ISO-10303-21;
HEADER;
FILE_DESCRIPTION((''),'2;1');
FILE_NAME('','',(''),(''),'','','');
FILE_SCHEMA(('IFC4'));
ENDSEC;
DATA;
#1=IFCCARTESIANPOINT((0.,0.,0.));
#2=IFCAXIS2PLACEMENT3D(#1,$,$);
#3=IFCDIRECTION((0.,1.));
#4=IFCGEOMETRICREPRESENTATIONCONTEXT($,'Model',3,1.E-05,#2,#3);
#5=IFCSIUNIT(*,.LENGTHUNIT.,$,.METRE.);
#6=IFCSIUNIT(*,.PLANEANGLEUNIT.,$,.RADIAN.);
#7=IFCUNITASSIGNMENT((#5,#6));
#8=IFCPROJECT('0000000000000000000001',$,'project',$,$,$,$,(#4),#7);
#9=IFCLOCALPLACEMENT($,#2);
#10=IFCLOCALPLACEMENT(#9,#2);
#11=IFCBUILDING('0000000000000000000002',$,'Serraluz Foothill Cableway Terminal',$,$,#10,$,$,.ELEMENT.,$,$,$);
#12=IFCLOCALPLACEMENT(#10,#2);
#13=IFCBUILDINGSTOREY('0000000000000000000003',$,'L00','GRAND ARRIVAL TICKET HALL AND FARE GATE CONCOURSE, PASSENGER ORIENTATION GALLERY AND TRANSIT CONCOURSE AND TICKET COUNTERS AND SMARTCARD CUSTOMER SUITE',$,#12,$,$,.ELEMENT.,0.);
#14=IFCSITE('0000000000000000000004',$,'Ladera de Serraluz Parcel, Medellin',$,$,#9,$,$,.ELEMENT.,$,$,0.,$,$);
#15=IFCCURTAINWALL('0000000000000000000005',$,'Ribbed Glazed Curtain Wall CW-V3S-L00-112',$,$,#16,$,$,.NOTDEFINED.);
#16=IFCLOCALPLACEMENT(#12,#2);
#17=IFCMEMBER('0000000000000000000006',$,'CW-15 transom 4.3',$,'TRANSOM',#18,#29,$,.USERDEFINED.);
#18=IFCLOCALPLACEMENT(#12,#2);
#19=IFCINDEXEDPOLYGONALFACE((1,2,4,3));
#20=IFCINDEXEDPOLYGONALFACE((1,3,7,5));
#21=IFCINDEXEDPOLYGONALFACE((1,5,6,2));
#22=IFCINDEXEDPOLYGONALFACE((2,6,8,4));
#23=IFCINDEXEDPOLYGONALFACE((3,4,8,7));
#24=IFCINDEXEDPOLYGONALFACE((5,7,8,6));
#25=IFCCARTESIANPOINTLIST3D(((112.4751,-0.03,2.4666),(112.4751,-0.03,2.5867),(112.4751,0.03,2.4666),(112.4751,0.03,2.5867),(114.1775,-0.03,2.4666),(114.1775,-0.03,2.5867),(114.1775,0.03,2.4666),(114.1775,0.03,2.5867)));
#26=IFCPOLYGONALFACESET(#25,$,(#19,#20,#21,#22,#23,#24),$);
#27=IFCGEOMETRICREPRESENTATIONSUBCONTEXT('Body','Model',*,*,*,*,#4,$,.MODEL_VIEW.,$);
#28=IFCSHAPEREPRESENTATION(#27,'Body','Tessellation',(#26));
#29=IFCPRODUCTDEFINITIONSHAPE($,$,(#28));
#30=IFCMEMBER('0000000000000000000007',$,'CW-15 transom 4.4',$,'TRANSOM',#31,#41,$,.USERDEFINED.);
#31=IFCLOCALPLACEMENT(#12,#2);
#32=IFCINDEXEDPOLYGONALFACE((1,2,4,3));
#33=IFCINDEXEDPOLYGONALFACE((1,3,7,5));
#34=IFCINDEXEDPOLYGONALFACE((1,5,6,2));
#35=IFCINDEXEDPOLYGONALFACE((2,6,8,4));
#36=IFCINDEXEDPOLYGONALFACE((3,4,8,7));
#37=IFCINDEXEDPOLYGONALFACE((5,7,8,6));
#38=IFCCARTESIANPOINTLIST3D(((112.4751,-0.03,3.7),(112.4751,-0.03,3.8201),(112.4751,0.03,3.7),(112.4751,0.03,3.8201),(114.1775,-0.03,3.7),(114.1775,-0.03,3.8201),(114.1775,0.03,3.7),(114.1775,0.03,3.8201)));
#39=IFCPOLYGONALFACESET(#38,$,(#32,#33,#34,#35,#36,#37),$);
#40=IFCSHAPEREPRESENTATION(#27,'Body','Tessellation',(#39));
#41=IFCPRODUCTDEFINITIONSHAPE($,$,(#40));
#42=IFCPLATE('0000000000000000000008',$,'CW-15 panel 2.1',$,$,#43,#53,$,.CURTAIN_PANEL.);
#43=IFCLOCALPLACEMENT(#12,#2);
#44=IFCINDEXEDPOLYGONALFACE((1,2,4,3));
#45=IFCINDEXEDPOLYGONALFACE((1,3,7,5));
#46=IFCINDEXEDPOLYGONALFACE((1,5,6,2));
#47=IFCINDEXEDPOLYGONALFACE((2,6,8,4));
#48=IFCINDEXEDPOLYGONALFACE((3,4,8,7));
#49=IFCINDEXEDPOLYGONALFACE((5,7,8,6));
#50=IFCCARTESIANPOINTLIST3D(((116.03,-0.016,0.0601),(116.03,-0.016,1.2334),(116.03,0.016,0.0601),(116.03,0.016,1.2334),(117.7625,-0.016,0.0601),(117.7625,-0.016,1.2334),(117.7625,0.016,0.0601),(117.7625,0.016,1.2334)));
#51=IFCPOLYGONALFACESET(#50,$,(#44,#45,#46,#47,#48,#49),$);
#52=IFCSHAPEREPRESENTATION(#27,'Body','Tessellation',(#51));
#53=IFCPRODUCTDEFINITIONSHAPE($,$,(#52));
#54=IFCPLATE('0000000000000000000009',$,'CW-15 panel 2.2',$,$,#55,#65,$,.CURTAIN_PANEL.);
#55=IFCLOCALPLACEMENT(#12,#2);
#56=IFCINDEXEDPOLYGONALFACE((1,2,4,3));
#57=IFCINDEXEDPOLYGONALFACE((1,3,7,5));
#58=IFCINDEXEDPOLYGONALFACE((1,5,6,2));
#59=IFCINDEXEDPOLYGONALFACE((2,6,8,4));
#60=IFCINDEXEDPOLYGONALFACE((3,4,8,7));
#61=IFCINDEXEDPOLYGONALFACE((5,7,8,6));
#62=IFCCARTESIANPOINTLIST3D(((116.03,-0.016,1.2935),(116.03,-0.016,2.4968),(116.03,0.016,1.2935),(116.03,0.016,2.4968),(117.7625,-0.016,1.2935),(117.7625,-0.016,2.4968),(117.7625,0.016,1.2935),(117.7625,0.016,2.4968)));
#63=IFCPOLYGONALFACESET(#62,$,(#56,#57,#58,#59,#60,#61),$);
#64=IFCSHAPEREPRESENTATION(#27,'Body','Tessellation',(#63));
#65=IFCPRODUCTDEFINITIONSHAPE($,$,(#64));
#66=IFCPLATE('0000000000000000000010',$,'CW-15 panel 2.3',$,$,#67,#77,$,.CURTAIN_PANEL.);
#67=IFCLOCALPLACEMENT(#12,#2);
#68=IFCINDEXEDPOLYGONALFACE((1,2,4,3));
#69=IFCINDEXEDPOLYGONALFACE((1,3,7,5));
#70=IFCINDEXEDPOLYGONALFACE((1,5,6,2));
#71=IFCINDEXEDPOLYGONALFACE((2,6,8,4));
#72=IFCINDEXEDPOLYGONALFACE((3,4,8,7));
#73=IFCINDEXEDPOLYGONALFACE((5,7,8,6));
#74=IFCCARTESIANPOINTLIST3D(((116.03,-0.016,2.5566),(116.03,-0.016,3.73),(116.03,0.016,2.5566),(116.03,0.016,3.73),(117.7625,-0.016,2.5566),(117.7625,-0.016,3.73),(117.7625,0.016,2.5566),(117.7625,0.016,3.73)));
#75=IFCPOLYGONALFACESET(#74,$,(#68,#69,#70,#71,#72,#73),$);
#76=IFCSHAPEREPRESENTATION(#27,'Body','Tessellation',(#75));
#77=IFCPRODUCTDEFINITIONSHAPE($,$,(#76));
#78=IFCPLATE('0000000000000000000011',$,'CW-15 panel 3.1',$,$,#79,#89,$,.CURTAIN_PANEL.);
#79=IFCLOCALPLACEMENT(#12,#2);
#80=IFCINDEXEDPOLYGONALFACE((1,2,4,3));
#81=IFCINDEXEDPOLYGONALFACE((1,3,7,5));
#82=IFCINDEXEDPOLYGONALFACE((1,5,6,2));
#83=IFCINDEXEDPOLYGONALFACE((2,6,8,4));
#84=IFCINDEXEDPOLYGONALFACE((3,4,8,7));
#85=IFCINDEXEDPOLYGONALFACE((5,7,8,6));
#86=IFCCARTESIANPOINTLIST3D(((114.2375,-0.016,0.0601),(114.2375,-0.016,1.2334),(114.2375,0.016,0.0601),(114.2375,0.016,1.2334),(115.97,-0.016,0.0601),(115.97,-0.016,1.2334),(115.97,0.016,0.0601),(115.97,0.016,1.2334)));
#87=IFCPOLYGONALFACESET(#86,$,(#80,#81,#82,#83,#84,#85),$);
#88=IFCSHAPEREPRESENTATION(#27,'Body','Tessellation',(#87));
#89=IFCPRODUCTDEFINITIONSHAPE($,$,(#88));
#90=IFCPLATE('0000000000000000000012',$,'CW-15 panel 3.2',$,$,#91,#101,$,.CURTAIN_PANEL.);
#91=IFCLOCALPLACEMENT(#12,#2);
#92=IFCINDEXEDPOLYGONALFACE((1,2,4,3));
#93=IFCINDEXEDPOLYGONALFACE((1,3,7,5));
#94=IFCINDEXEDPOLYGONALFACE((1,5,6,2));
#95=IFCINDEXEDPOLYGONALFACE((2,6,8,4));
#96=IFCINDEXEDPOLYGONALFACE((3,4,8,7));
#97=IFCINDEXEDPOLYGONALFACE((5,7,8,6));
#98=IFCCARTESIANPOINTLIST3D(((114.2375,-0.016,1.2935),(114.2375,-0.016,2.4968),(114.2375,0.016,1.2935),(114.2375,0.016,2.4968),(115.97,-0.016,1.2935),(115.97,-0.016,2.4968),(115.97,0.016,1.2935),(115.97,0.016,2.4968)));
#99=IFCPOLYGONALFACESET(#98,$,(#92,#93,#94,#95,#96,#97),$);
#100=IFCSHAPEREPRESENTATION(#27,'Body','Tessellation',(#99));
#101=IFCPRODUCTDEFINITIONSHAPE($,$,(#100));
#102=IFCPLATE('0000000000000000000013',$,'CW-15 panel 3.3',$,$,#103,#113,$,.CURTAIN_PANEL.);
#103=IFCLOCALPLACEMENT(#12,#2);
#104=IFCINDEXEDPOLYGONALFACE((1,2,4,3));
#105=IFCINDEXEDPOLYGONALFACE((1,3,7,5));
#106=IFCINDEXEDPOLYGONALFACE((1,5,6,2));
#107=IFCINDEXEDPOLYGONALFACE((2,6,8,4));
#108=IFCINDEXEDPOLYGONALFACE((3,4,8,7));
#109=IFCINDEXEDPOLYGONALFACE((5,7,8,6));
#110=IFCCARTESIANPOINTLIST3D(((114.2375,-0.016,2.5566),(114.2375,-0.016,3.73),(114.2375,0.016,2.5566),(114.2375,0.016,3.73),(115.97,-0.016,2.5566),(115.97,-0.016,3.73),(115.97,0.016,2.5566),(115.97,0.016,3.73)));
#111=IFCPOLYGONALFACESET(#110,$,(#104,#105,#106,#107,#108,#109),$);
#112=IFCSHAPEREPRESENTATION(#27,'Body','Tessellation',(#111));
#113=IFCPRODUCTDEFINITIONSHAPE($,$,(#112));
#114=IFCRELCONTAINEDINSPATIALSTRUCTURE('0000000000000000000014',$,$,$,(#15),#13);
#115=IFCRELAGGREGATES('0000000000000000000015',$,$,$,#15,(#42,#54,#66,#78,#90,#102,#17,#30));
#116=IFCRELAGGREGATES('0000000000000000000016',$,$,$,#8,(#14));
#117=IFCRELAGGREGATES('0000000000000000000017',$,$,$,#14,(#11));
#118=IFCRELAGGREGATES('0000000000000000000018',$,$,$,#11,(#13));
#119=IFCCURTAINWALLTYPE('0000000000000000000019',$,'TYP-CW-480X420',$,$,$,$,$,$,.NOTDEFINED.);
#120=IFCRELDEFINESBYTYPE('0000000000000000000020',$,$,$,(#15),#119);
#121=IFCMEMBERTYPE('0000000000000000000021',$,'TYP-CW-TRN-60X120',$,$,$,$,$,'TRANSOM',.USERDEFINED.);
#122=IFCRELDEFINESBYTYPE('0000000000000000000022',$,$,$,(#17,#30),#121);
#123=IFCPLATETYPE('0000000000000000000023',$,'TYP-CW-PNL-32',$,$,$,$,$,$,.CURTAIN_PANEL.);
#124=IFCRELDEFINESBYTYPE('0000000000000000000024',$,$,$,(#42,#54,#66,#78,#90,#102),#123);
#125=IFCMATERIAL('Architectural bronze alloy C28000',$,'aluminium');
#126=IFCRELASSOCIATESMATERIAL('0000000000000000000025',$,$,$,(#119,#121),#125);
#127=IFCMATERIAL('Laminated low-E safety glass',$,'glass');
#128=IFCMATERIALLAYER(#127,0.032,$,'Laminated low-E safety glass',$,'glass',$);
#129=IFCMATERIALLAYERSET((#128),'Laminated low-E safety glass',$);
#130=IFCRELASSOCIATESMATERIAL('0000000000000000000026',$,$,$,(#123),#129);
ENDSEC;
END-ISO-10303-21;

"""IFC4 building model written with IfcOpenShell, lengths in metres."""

from ifc_helpers import new_model, si_unit, direction, frame, origin, origin_2d, place, context, subcontext, project, spatial, rectangle, extrude, material, layer, layer_set, material_profile, profile_set, type_object, element, aggregate, save


model = new_model("IFC4")

# Units and contexts
model_context = context("Model", 3, precision=1e-05, world=origin(), true_north=direction((0.0, 1.0)))
body_context = subcontext(model_context, "Body", "Model", "MODEL_VIEW")
ifc_project = project(units=[si_unit("LENGTHUNIT", "METRE"), si_unit("PLANEANGLEUNIT", "RADIAN")], contexts=[model_context])

# Site, building, storey
site_placement = place(None, origin())
site = spatial("IfcSite", under=ifc_project, at=site_placement, Name="Ladera de Serraluz Parcel, Medellin", CompositionType="ELEMENT", RefElevation=0.0)
building_placement = place(site_placement, origin())
building = spatial("IfcBuilding", under=site, at=building_placement, Name="Serraluz Foothill Cableway Terminal", CompositionType="ELEMENT")
storey_placement = place(building_placement, origin())
storey = spatial("IfcBuildingStorey", under=building, at=storey_placement, Name="L00", Description="GRAND ARRIVAL TICKET HALL AND FARE GATE CONCOURSE, PASSENGER ORIENTATION GALLERY AND TRANSIT CONCOURSE AND TICKET COUNTERS AND SMARTCARD CUSTOMER SUITE", CompositionType="ELEMENT", Elevation=0.0)

# Curtain wall, members, plates
ifc_material_1 = material(Name="Architectural bronze alloy C28000", Category="aluminium")
curtain_wall_type = type_object("IfcCurtainWallType", Name="TYP-CW-480X420", PredefinedType="NOTDEFINED", material=ifc_material_1)
curtain_wall_placement = place(storey_placement, origin())
curtain_wall = element("IfcCurtainWall", 1, at=curtain_wall_placement, inside=storey, type_object=curtain_wall_type, Name="Ribbed Glazed Curtain Wall CW-V3S-L00-112", PredefinedType="NOTDEFINED")
ifc_material_profile_1 = material_profile(ifc_material_1, rectangle(XDim=0.0601, YDim=0.1201, at=origin_2d()), Name="ALU TRANSOM 60x120")
ifc_profile_set_1 = profile_set([ifc_material_profile_1], Name="Architectural bronze alloy C28000")
member_type_1 = type_object("IfcMemberType", Name="TYP-CW-TRN-60X120", ElementType="TRANSOM", PredefinedType="USERDEFINED", material=ifc_profile_set_1)
member_1_placement = place(storey_placement, frame((114.1775, 0.0, 2.5266), z_axis=(-1.0, 0.0, 0.0), x_axis=(0.0, -1.0, 0.0)))
member_1 = element("IfcMember", 2, at=member_1_placement, type_object=member_type_1, Name="CW-15 transom 4.3", ObjectType="TRANSOM", PredefinedType="USERDEFINED", context=body_context, shape_type="SweptSolid", body=[
    extrude(rectangle(XDim=0.0601, YDim=0.1201, at=origin_2d()), origin(), (0.0, 0.0, 1.0), 1.7024),
])
member_2_placement = place(storey_placement, frame((114.1775, 0.0, 3.76), z_axis=(-1.0, 0.0, 0.0), x_axis=(0.0, -1.0, 0.0)))
member_2 = element("IfcMember", 3, at=member_2_placement, type_object=member_type_1, Name="CW-15 transom 4.4", ObjectType="TRANSOM", PredefinedType="USERDEFINED", context=body_context, shape_type="SweptSolid", body=[
    extrude(rectangle(XDim=0.0601, YDim=0.1201, at=origin_2d()), origin(), (0.0, 0.0, 1.0), 1.7024),
])
ifc_material_2 = material(Name="Laminated low-E safety glass", Category="glass")
ifc_layer = layer(ifc_material_2, 0.032, Name="Laminated low-E safety glass", Category="glass")
ifc_layer_set = layer_set([ifc_layer], Name="Laminated low-E safety glass")
plate_type = type_object("IfcPlateType", Name="TYP-CW-PNL-32", PredefinedType="CURTAIN_PANEL", material=ifc_layer_set)
plate_1_placement = place(storey_placement, frame((116.8962, 0.0, 0.0601), z_axis=(0.0, 0.0, 1.0), x_axis=(-1.0, 0.0, 0.0)))
plate_1 = element("IfcPlate", 4, at=plate_1_placement, type_object=plate_type, Name="CW-15 panel 2.1", PredefinedType="CURTAIN_PANEL", context=body_context, shape_type="SweptSolid", body=[
    extrude(rectangle(XDim=1.7324, YDim=0.032, at=origin_2d()), origin(), (0.0, 0.0, 1.0), 1.1733),
])
plate_2_placement = place(storey_placement, frame((116.8962, 0.0, 1.2935), z_axis=(0.0, 0.0, 1.0), x_axis=(-1.0, 0.0, 0.0)))
plate_2 = element("IfcPlate", 5, at=plate_2_placement, type_object=plate_type, Name="CW-15 panel 2.2", PredefinedType="CURTAIN_PANEL", context=body_context, shape_type="SweptSolid", body=[
    extrude(rectangle(XDim=1.7324, YDim=0.032, at=origin_2d()), origin(), (0.0, 0.0, 1.0), 1.2034),
])
plate_3_placement = place(storey_placement, frame((116.8962, 0.0, 2.5566), z_axis=(0.0, 0.0, 1.0), x_axis=(-1.0, 0.0, 0.0)))
plate_3 = element("IfcPlate", 6, at=plate_3_placement, type_object=plate_type, Name="CW-15 panel 2.3", PredefinedType="CURTAIN_PANEL", context=body_context, shape_type="SweptSolid", body=[
    extrude(rectangle(XDim=1.7324, YDim=0.032, at=origin_2d()), origin(), (0.0, 0.0, 1.0), 1.1733),
])
plate_4_placement = place(storey_placement, frame((115.1038, 0.0, 0.0601), z_axis=(0.0, 0.0, 1.0), x_axis=(-1.0, 0.0, 0.0)))
plate_4 = element("IfcPlate", 7, at=plate_4_placement, type_object=plate_type, Name="CW-15 panel 3.1", PredefinedType="CURTAIN_PANEL", context=body_context, shape_type="SweptSolid", body=[
    extrude(rectangle(XDim=1.7324, YDim=0.032, at=origin_2d()), origin(), (0.0, 0.0, 1.0), 1.1733),
])
plate_5_placement = place(storey_placement, frame((115.1038, 0.0, 1.2935), z_axis=(0.0, 0.0, 1.0), x_axis=(-1.0, 0.0, 0.0)))
plate_5 = element("IfcPlate", 8, at=plate_5_placement, type_object=plate_type, Name="CW-15 panel 3.2", PredefinedType="CURTAIN_PANEL", context=body_context, shape_type="SweptSolid", body=[
    extrude(rectangle(XDim=1.7324, YDim=0.032, at=origin_2d()), origin(), (0.0, 0.0, 1.0), 1.2034),
])
plate_6_placement = place(storey_placement, frame((115.1038, 0.0, 2.5566), z_axis=(0.0, 0.0, 1.0), x_axis=(-1.0, 0.0, 0.0)))
plate_6 = element("IfcPlate", 9, at=plate_6_placement, type_object=plate_type, Name="CW-15 panel 3.3", PredefinedType="CURTAIN_PANEL", context=body_context, shape_type="SweptSolid", body=[
    extrude(rectangle(XDim=1.7324, YDim=0.032, at=origin_2d()), origin(), (0.0, 0.0, 1.0), 1.1733),
])
aggregate(curtain_wall, [plate_1, plate_2, plate_3, plate_4, plate_5, plate_6, member_1, member_2])

save(model, "model.ifc")
